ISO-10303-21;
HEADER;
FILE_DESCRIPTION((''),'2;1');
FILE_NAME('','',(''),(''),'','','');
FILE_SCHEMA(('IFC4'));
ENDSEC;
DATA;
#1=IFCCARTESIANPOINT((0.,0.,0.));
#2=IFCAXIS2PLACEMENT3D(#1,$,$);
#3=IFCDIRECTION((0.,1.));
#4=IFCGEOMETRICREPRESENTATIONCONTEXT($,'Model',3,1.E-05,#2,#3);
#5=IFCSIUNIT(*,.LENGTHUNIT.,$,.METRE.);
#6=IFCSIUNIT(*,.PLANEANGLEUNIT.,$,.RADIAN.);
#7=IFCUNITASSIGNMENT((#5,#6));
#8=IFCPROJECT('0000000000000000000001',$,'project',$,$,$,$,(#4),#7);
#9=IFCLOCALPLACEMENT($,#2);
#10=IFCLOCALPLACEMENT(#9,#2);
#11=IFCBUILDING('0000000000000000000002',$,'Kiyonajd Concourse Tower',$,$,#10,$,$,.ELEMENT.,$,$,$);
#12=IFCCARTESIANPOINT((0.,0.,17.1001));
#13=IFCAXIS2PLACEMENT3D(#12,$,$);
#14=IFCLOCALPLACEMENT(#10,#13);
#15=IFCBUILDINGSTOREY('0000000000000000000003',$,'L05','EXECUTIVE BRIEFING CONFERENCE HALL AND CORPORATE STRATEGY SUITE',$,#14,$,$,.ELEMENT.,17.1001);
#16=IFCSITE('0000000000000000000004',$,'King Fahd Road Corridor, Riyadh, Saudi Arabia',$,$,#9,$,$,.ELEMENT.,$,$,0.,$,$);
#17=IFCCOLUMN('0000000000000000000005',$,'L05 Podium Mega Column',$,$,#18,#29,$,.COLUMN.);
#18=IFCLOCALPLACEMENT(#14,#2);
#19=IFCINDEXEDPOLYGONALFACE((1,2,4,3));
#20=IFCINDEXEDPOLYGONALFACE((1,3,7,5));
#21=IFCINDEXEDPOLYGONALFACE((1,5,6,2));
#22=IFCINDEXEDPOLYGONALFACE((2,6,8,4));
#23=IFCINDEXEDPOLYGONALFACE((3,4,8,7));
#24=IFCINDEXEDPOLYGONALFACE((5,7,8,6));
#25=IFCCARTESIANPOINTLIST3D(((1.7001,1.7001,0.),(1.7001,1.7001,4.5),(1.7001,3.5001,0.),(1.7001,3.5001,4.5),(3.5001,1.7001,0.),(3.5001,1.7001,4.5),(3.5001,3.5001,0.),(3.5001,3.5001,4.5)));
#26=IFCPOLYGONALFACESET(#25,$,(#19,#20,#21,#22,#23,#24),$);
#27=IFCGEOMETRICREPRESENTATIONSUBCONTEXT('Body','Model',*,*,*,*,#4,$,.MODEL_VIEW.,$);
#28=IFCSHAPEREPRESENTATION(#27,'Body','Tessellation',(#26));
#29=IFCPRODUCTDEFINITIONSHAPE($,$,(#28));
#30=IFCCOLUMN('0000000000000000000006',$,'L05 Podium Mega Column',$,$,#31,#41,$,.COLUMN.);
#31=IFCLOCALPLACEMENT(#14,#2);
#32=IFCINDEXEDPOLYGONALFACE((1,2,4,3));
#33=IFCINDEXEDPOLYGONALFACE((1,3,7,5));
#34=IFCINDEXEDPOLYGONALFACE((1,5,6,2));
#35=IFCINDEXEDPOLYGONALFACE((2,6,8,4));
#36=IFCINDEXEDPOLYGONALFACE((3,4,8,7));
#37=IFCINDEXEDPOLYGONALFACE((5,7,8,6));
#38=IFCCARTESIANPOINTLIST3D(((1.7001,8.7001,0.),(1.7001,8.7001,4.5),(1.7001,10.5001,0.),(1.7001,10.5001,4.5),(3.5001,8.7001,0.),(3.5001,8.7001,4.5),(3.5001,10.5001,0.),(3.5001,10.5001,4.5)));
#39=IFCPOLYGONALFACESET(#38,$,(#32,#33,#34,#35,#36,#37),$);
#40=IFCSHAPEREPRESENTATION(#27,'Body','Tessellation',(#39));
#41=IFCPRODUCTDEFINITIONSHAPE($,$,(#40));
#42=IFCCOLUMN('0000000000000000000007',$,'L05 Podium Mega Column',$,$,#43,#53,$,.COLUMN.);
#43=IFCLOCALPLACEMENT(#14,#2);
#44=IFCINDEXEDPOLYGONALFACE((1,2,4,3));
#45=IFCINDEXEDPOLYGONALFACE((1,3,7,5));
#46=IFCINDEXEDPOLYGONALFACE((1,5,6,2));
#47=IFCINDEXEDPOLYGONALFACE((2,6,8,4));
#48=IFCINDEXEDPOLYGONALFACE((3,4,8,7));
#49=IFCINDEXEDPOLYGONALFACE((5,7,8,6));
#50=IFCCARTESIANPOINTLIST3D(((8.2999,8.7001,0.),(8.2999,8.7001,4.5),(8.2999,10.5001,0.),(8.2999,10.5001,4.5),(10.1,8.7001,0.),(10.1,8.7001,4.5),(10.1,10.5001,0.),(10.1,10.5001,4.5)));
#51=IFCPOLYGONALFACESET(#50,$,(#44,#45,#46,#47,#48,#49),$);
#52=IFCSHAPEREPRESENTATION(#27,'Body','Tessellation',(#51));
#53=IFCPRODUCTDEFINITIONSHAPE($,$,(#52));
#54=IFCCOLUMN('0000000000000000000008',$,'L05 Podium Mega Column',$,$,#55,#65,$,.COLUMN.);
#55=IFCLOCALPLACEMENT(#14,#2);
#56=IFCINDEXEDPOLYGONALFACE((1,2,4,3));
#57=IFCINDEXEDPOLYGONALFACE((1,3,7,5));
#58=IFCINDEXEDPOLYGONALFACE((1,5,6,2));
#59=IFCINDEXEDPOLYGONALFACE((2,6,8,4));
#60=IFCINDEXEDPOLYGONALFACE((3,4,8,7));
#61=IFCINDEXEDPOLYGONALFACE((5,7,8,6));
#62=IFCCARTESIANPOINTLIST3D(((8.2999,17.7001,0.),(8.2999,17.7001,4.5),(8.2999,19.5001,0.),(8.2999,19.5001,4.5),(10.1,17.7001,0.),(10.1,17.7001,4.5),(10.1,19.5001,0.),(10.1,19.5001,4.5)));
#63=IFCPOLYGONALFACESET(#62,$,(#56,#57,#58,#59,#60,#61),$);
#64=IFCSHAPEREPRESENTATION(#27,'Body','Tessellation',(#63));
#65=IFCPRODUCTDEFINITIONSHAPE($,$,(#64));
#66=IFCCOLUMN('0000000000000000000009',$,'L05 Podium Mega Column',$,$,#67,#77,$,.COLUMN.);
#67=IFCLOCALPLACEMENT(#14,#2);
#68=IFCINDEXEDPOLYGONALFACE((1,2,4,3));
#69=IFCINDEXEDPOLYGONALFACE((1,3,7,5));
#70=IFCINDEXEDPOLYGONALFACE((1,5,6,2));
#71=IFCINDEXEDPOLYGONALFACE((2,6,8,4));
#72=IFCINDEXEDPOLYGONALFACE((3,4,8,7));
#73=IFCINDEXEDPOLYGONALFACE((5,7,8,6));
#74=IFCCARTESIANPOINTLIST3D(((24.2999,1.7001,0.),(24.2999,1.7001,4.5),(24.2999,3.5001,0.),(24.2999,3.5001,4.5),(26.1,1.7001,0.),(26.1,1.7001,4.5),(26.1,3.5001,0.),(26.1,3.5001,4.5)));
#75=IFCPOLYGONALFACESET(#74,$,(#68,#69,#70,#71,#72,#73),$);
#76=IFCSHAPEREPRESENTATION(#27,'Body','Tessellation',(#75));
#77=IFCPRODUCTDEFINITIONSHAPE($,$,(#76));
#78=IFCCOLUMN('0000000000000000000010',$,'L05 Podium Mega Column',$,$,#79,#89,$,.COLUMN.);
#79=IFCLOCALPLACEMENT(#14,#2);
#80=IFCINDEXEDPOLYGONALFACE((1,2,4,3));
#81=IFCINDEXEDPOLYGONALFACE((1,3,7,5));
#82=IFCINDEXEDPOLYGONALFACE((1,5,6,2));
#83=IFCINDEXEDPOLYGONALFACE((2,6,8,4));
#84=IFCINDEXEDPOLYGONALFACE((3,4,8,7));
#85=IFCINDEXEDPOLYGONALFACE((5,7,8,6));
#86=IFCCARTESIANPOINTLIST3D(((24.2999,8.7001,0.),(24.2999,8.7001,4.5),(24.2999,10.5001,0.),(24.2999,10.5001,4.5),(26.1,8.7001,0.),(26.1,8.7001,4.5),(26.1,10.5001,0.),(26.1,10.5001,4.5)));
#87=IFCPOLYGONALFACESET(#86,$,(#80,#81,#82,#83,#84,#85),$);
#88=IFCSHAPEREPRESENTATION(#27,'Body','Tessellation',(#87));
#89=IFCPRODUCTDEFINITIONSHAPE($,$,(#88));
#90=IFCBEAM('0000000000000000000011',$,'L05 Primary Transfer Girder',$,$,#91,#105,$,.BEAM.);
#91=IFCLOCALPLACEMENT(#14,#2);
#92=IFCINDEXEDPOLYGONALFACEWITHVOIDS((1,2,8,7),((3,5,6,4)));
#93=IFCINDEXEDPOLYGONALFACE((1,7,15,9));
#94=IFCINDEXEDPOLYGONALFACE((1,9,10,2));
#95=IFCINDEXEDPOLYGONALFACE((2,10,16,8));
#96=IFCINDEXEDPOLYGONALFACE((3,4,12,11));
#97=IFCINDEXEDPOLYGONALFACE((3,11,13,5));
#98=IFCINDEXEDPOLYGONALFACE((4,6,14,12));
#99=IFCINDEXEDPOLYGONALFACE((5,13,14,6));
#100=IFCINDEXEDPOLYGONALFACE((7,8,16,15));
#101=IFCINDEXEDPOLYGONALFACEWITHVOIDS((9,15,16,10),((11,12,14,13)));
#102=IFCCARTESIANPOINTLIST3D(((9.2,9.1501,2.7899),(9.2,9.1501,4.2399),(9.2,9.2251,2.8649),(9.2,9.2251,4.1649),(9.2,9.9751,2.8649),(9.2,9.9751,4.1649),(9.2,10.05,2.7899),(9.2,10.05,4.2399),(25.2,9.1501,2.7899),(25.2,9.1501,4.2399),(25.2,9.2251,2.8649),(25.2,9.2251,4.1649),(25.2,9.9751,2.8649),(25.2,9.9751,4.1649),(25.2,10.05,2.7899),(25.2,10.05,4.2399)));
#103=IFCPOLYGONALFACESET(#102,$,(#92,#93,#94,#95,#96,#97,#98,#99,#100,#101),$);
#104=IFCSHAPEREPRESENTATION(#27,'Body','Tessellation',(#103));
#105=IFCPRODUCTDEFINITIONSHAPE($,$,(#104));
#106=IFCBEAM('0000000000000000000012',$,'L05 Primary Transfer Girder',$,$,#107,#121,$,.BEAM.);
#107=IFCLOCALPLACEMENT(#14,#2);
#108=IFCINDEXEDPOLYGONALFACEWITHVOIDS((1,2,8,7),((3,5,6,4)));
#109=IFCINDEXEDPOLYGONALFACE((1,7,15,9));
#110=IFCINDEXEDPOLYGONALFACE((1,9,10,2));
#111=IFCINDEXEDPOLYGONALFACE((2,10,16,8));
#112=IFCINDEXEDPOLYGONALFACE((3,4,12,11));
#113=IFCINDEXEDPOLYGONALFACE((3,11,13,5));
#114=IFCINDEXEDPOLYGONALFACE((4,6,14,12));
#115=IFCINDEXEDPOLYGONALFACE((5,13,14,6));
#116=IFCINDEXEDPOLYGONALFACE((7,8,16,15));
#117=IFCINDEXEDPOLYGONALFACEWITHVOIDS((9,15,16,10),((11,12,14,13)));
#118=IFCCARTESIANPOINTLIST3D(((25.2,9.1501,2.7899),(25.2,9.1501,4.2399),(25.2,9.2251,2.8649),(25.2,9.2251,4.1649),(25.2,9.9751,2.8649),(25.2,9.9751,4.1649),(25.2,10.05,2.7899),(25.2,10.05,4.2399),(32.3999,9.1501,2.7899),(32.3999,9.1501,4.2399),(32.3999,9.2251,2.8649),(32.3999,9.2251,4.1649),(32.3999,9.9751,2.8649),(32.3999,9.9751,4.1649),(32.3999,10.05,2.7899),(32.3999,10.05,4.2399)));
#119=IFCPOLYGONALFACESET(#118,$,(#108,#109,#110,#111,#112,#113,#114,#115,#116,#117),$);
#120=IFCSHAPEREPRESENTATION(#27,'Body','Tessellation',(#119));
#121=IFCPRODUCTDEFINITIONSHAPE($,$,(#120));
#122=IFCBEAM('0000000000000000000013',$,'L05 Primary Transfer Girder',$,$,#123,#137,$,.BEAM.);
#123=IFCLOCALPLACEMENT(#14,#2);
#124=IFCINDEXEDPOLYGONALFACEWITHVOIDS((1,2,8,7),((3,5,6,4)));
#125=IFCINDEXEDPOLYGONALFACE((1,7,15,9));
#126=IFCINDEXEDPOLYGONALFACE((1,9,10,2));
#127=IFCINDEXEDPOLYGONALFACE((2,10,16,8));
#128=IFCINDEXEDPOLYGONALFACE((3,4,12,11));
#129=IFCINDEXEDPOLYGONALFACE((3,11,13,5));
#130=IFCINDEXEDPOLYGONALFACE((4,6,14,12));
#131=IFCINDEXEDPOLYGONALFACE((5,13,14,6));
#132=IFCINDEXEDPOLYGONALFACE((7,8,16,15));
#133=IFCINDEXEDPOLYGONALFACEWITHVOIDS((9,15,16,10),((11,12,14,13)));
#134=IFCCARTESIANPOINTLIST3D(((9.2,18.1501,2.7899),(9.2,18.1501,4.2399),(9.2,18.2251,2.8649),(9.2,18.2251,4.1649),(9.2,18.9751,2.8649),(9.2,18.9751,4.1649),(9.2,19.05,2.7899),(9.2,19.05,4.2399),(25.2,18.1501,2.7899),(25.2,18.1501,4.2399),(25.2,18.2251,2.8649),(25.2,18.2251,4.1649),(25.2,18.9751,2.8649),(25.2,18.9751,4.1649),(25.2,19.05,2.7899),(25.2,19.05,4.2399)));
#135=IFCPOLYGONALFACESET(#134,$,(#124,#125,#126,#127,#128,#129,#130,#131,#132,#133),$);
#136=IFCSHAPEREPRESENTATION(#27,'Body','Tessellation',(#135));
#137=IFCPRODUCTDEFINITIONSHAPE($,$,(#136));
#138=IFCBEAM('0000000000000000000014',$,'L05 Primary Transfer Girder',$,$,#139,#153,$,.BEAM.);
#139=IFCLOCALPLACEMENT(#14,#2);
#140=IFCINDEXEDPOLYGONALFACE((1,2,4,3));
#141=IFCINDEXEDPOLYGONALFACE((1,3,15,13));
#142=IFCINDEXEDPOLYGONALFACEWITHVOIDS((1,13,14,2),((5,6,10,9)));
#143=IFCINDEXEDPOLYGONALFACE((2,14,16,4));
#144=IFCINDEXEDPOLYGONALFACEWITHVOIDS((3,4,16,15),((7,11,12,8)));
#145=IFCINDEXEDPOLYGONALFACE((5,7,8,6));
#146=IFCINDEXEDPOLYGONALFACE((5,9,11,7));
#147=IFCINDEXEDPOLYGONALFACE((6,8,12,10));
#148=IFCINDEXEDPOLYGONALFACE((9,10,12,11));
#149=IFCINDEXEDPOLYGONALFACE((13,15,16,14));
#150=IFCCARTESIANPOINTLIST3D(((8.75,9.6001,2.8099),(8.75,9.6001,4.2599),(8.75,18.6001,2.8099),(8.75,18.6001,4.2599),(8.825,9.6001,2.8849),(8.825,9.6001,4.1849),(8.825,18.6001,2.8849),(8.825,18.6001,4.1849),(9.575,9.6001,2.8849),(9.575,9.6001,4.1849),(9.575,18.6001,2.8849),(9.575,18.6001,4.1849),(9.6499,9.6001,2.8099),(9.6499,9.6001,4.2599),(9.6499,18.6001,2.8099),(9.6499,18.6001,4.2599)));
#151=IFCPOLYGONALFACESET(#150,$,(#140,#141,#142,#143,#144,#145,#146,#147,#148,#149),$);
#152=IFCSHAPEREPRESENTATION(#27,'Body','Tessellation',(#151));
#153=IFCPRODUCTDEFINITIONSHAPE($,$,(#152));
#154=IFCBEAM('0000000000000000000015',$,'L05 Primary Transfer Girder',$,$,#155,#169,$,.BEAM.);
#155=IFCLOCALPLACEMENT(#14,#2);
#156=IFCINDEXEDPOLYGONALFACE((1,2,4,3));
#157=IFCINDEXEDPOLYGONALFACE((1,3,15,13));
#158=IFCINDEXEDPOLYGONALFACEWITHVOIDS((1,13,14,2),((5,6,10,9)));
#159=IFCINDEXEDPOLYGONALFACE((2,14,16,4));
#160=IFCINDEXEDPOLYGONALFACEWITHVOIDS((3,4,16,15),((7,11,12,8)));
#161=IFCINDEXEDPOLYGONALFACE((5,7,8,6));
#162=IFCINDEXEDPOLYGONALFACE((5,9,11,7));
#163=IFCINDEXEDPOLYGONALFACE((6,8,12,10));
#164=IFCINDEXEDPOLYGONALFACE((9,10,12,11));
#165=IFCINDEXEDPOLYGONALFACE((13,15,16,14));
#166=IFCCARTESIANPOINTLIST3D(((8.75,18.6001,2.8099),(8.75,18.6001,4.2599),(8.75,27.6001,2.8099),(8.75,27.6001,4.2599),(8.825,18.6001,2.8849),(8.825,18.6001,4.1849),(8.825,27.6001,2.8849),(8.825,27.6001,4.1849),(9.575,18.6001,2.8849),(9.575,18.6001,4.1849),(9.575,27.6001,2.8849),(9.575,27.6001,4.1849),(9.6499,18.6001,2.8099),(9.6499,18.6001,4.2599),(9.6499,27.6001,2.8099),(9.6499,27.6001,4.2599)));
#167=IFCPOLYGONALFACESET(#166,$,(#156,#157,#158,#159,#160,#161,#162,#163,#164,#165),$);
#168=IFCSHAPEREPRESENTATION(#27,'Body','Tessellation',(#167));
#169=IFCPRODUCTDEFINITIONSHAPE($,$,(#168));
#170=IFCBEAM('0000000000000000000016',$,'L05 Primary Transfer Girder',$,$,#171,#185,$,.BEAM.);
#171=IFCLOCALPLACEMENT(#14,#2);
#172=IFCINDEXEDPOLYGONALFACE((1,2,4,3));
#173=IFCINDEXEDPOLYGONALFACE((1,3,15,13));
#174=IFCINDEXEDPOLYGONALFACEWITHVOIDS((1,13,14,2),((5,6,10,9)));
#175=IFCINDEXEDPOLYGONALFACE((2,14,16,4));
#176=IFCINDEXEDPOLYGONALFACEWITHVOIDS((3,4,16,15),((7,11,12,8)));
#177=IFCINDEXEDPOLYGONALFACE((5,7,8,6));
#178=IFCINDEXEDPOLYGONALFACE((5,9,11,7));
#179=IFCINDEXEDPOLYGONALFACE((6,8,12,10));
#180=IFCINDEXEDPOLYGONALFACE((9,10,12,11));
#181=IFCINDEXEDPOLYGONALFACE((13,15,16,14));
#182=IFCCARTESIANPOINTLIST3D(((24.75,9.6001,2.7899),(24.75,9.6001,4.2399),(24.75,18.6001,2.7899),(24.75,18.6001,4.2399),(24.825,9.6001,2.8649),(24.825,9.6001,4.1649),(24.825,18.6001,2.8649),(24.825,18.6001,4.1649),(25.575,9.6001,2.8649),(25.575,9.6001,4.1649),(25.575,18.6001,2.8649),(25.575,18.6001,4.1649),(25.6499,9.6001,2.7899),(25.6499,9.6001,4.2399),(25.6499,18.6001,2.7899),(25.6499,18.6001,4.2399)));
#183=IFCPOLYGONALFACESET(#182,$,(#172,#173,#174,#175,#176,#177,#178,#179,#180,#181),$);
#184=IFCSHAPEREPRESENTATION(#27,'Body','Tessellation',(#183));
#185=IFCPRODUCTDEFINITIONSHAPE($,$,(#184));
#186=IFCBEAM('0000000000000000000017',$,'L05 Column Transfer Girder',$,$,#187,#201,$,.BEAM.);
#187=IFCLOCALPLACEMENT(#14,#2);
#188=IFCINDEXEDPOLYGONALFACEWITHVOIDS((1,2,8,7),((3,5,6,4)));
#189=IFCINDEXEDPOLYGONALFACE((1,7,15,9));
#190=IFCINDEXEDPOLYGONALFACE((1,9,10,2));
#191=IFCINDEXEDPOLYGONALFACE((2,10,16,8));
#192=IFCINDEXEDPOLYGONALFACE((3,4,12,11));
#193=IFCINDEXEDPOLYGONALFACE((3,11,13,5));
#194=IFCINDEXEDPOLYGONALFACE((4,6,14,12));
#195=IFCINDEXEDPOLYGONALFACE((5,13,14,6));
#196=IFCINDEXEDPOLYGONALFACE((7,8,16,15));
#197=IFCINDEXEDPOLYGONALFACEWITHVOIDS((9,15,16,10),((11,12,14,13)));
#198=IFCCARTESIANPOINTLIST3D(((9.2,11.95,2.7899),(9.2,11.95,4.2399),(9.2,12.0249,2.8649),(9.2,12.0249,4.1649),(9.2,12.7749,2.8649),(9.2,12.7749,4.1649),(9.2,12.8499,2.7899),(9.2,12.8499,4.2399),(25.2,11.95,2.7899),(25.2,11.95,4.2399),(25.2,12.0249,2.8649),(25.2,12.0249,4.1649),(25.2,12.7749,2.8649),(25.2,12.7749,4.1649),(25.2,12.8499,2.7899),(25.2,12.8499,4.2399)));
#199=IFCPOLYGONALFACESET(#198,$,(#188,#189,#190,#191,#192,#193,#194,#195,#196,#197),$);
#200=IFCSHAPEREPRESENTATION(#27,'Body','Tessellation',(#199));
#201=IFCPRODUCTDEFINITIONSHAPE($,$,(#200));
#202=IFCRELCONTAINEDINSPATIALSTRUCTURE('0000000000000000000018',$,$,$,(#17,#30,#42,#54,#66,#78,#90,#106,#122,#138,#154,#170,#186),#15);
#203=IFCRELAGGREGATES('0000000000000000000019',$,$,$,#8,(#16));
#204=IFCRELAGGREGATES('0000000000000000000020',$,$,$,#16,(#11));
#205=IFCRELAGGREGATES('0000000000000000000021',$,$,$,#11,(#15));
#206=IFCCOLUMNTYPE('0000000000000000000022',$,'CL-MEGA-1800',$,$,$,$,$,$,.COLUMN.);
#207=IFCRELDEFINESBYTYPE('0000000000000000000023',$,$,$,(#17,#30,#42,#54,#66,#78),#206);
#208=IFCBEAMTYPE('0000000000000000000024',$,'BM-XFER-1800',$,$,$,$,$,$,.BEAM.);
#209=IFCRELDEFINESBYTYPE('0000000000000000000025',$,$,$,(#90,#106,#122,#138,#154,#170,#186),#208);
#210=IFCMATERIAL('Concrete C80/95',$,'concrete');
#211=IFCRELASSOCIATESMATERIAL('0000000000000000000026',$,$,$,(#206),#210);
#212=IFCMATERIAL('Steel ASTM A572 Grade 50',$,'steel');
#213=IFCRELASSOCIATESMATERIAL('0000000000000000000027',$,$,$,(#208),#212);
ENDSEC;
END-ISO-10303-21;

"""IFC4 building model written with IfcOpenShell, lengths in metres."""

from ifc_helpers import new_model, si_unit, direction, frame, origin, origin_2d, place, context, subcontext, project, spatial, rectangle, hollow_rectangle, extrude, material, material_profile, profile_set, type_object, element, save


model = new_model("IFC4")

# Units and contexts
model_context = context("Model", 3, precision=1e-05, world=origin(), true_north=direction((0.0, 1.0)))
body_context = subcontext(model_context, "Body", "Model", "MODEL_VIEW")
ifc_project = project(units=[si_unit("LENGTHUNIT", "METRE"), si_unit("PLANEANGLEUNIT", "RADIAN")], contexts=[model_context])

# Site, building, storey
site_placement = place(None, origin())
site = spatial("IfcSite", under=ifc_project, at=site_placement, Name="King Fahd Road Corridor, Riyadh, Saudi Arabia", CompositionType="ELEMENT", RefElevation=0.0)
building_placement = place(site_placement, origin())
building = spatial("IfcBuilding", under=site, at=building_placement, Name="Kiyonajd Concourse Tower", CompositionType="ELEMENT")
storey_placement = place(building_placement, frame((0.0, 0.0, 17.1001)))
storey = spatial("IfcBuildingStorey", under=building, at=storey_placement, Name="L05", Description="EXECUTIVE BRIEFING CONFERENCE HALL AND CORPORATE STRATEGY SUITE", CompositionType="ELEMENT", Elevation=17.1001)

# Columns
ifc_material_1 = material(Name="Concrete C80/95", Category="concrete")
ifc_material_profile_1 = material_profile(ifc_material_1, rectangle(XDim=1.8, YDim=1.8, at=origin_2d()), Name="RC-1800x1800")
ifc_profile_set_1 = profile_set([ifc_material_profile_1], Name="Concrete C80/95")
column_type = type_object("IfcColumnType", Name="CL-MEGA-1800", PredefinedType="COLUMN", material=ifc_profile_set_1)
for number, where, z_axis, x_axis, name in (
    (1, (2.6001, 2.6001, 0.0), (0.0, 0.0, 1.0), (1.0, 0.0, 0.0), "L05 Podium Mega Column"),
    (2, (2.6001, 9.6001, 0.0), (0.0, 0.0, 1.0), (1.0, 0.0, 0.0), "L05 Podium Mega Column"),
    (3, (9.2, 9.6001, 0.0), (0.0, 0.0, 1.0), (1.0, 0.0, 0.0), "L05 Podium Mega Column"),
    (4, (9.2, 18.6001, 0.0), (0.0, 0.0, 1.0), (1.0, 0.0, 0.0), "L05 Podium Mega Column"),
    (5, (25.2, 2.6001, 0.0), (0.0, 0.0, 1.0), (1.0, 0.0, 0.0), "L05 Podium Mega Column"),
    (6, (25.2, 9.6001, 0.0), (0.0, 0.0, 1.0), (1.0, 0.0, 0.0), "L05 Podium Mega Column"),
):
    element("IfcColumn", number, at=place(storey_placement, frame(where, z_axis=z_axis, x_axis=x_axis)), inside=storey, type_object=column_type, Name=name, PredefinedType="COLUMN", context=body_context, shape_type="SweptSolid", body=[
        extrude(rectangle(XDim=1.8, YDim=1.8, at=origin_2d()), origin(), (0.0, 0.0, 1.0), 4.5),
    ])

# Beams
ifc_material_2 = material(Name="Steel ASTM A572 Grade 50", Category="steel")
ifc_material_profile_2 = material_profile(ifc_material_2, hollow_rectangle(XDim=0.8999, YDim=1.45, WallThickness=0.075, at=origin_2d()), Name="BOX-1450x900x75")
ifc_profile_set_2 = profile_set([ifc_material_profile_2], Name="Steel ASTM A572 Grade 50")
beam_type = type_object("IfcBeamType", Name="BM-XFER-1800", PredefinedType="BEAM", material=ifc_profile_set_2)
beam_1_placement = place(storey_placement, frame((9.2, 9.6001, 3.5149), z_axis=(1.0, 0.0, 0.0), x_axis=(0.0, 1.0, 0.0)))
element("IfcBeam", 7, at=beam_1_placement, inside=storey, type_object=beam_type, Name="L05 Primary Transfer Girder", PredefinedType="BEAM", context=body_context, shape_type="SweptSolid", body=[
    extrude(hollow_rectangle(XDim=0.8999, YDim=1.45, WallThickness=0.075, at=origin_2d()), origin(), (0.0, 0.0, 1.0), 16.0),
])
beam_2_placement = place(storey_placement, frame((25.2, 9.6001, 3.5149), z_axis=(1.0, 0.0, 0.0), x_axis=(0.0, 1.0, 0.0)))
element("IfcBeam", 8, at=beam_2_placement, inside=storey, type_object=beam_type, Name="L05 Primary Transfer Girder", PredefinedType="BEAM", context=body_context, shape_type="SweptSolid", body=[
    extrude(hollow_rectangle(XDim=0.8999, YDim=1.45, WallThickness=0.075, at=origin_2d()), origin(), (0.0, 0.0, 1.0), 7.2),
])
beam_3_placement = place(storey_placement, frame((9.2, 18.6001, 3.5149), z_axis=(1.0, 0.0, 0.0), x_axis=(0.0, 1.0, 0.0)))
element("IfcBeam", 9, at=beam_3_placement, inside=storey, type_object=beam_type, Name="L05 Primary Transfer Girder", PredefinedType="BEAM", context=body_context, shape_type="SweptSolid", body=[
    extrude(hollow_rectangle(XDim=0.8999, YDim=1.45, WallThickness=0.075, at=origin_2d()), origin(), (0.0, 0.0, 1.0), 16.0),
])
for number, where, z_axis, x_axis, name in (
    (10, (9.2, 9.6001, 3.5349), (0.0, 1.0, 0.0), (-1.0, 0.0, 0.0), "L05 Primary Transfer Girder"),
    (11, (9.2, 18.6001, 3.5349), (0.0, 1.0, 0.0), (-1.0, 0.0, 0.0), "L05 Primary Transfer Girder"),
    (12, (25.2, 9.6001, 3.5149), (0.0, 1.0, 0.0), (-1.0, 0.0, 0.0), "L05 Primary Transfer Girder"),
):
    element("IfcBeam", number, at=place(storey_placement, frame(where, z_axis=z_axis, x_axis=x_axis)), inside=storey, type_object=beam_type, Name=name, PredefinedType="BEAM", context=body_context, shape_type="SweptSolid", body=[
        extrude(hollow_rectangle(XDim=0.8999, YDim=1.45, WallThickness=0.075, at=origin_2d()), origin(), (0.0, 0.0, 1.0), 9.0),
    ])
beam_4_placement = place(storey_placement, frame((9.2, 12.3999, 3.5149), z_axis=(1.0, 0.0, 0.0), x_axis=(0.0, 1.0, 0.0)))
element("IfcBeam", 13, at=beam_4_placement, inside=storey, type_object=beam_type, Name="L05 Column Transfer Girder", PredefinedType="BEAM", context=body_context, shape_type="SweptSolid", body=[
    extrude(hollow_rectangle(XDim=0.8999, YDim=1.45, WallThickness=0.075, at=origin_2d()), origin(), (0.0, 0.0, 1.0), 16.0),
])

save(model, "model.ifc")
